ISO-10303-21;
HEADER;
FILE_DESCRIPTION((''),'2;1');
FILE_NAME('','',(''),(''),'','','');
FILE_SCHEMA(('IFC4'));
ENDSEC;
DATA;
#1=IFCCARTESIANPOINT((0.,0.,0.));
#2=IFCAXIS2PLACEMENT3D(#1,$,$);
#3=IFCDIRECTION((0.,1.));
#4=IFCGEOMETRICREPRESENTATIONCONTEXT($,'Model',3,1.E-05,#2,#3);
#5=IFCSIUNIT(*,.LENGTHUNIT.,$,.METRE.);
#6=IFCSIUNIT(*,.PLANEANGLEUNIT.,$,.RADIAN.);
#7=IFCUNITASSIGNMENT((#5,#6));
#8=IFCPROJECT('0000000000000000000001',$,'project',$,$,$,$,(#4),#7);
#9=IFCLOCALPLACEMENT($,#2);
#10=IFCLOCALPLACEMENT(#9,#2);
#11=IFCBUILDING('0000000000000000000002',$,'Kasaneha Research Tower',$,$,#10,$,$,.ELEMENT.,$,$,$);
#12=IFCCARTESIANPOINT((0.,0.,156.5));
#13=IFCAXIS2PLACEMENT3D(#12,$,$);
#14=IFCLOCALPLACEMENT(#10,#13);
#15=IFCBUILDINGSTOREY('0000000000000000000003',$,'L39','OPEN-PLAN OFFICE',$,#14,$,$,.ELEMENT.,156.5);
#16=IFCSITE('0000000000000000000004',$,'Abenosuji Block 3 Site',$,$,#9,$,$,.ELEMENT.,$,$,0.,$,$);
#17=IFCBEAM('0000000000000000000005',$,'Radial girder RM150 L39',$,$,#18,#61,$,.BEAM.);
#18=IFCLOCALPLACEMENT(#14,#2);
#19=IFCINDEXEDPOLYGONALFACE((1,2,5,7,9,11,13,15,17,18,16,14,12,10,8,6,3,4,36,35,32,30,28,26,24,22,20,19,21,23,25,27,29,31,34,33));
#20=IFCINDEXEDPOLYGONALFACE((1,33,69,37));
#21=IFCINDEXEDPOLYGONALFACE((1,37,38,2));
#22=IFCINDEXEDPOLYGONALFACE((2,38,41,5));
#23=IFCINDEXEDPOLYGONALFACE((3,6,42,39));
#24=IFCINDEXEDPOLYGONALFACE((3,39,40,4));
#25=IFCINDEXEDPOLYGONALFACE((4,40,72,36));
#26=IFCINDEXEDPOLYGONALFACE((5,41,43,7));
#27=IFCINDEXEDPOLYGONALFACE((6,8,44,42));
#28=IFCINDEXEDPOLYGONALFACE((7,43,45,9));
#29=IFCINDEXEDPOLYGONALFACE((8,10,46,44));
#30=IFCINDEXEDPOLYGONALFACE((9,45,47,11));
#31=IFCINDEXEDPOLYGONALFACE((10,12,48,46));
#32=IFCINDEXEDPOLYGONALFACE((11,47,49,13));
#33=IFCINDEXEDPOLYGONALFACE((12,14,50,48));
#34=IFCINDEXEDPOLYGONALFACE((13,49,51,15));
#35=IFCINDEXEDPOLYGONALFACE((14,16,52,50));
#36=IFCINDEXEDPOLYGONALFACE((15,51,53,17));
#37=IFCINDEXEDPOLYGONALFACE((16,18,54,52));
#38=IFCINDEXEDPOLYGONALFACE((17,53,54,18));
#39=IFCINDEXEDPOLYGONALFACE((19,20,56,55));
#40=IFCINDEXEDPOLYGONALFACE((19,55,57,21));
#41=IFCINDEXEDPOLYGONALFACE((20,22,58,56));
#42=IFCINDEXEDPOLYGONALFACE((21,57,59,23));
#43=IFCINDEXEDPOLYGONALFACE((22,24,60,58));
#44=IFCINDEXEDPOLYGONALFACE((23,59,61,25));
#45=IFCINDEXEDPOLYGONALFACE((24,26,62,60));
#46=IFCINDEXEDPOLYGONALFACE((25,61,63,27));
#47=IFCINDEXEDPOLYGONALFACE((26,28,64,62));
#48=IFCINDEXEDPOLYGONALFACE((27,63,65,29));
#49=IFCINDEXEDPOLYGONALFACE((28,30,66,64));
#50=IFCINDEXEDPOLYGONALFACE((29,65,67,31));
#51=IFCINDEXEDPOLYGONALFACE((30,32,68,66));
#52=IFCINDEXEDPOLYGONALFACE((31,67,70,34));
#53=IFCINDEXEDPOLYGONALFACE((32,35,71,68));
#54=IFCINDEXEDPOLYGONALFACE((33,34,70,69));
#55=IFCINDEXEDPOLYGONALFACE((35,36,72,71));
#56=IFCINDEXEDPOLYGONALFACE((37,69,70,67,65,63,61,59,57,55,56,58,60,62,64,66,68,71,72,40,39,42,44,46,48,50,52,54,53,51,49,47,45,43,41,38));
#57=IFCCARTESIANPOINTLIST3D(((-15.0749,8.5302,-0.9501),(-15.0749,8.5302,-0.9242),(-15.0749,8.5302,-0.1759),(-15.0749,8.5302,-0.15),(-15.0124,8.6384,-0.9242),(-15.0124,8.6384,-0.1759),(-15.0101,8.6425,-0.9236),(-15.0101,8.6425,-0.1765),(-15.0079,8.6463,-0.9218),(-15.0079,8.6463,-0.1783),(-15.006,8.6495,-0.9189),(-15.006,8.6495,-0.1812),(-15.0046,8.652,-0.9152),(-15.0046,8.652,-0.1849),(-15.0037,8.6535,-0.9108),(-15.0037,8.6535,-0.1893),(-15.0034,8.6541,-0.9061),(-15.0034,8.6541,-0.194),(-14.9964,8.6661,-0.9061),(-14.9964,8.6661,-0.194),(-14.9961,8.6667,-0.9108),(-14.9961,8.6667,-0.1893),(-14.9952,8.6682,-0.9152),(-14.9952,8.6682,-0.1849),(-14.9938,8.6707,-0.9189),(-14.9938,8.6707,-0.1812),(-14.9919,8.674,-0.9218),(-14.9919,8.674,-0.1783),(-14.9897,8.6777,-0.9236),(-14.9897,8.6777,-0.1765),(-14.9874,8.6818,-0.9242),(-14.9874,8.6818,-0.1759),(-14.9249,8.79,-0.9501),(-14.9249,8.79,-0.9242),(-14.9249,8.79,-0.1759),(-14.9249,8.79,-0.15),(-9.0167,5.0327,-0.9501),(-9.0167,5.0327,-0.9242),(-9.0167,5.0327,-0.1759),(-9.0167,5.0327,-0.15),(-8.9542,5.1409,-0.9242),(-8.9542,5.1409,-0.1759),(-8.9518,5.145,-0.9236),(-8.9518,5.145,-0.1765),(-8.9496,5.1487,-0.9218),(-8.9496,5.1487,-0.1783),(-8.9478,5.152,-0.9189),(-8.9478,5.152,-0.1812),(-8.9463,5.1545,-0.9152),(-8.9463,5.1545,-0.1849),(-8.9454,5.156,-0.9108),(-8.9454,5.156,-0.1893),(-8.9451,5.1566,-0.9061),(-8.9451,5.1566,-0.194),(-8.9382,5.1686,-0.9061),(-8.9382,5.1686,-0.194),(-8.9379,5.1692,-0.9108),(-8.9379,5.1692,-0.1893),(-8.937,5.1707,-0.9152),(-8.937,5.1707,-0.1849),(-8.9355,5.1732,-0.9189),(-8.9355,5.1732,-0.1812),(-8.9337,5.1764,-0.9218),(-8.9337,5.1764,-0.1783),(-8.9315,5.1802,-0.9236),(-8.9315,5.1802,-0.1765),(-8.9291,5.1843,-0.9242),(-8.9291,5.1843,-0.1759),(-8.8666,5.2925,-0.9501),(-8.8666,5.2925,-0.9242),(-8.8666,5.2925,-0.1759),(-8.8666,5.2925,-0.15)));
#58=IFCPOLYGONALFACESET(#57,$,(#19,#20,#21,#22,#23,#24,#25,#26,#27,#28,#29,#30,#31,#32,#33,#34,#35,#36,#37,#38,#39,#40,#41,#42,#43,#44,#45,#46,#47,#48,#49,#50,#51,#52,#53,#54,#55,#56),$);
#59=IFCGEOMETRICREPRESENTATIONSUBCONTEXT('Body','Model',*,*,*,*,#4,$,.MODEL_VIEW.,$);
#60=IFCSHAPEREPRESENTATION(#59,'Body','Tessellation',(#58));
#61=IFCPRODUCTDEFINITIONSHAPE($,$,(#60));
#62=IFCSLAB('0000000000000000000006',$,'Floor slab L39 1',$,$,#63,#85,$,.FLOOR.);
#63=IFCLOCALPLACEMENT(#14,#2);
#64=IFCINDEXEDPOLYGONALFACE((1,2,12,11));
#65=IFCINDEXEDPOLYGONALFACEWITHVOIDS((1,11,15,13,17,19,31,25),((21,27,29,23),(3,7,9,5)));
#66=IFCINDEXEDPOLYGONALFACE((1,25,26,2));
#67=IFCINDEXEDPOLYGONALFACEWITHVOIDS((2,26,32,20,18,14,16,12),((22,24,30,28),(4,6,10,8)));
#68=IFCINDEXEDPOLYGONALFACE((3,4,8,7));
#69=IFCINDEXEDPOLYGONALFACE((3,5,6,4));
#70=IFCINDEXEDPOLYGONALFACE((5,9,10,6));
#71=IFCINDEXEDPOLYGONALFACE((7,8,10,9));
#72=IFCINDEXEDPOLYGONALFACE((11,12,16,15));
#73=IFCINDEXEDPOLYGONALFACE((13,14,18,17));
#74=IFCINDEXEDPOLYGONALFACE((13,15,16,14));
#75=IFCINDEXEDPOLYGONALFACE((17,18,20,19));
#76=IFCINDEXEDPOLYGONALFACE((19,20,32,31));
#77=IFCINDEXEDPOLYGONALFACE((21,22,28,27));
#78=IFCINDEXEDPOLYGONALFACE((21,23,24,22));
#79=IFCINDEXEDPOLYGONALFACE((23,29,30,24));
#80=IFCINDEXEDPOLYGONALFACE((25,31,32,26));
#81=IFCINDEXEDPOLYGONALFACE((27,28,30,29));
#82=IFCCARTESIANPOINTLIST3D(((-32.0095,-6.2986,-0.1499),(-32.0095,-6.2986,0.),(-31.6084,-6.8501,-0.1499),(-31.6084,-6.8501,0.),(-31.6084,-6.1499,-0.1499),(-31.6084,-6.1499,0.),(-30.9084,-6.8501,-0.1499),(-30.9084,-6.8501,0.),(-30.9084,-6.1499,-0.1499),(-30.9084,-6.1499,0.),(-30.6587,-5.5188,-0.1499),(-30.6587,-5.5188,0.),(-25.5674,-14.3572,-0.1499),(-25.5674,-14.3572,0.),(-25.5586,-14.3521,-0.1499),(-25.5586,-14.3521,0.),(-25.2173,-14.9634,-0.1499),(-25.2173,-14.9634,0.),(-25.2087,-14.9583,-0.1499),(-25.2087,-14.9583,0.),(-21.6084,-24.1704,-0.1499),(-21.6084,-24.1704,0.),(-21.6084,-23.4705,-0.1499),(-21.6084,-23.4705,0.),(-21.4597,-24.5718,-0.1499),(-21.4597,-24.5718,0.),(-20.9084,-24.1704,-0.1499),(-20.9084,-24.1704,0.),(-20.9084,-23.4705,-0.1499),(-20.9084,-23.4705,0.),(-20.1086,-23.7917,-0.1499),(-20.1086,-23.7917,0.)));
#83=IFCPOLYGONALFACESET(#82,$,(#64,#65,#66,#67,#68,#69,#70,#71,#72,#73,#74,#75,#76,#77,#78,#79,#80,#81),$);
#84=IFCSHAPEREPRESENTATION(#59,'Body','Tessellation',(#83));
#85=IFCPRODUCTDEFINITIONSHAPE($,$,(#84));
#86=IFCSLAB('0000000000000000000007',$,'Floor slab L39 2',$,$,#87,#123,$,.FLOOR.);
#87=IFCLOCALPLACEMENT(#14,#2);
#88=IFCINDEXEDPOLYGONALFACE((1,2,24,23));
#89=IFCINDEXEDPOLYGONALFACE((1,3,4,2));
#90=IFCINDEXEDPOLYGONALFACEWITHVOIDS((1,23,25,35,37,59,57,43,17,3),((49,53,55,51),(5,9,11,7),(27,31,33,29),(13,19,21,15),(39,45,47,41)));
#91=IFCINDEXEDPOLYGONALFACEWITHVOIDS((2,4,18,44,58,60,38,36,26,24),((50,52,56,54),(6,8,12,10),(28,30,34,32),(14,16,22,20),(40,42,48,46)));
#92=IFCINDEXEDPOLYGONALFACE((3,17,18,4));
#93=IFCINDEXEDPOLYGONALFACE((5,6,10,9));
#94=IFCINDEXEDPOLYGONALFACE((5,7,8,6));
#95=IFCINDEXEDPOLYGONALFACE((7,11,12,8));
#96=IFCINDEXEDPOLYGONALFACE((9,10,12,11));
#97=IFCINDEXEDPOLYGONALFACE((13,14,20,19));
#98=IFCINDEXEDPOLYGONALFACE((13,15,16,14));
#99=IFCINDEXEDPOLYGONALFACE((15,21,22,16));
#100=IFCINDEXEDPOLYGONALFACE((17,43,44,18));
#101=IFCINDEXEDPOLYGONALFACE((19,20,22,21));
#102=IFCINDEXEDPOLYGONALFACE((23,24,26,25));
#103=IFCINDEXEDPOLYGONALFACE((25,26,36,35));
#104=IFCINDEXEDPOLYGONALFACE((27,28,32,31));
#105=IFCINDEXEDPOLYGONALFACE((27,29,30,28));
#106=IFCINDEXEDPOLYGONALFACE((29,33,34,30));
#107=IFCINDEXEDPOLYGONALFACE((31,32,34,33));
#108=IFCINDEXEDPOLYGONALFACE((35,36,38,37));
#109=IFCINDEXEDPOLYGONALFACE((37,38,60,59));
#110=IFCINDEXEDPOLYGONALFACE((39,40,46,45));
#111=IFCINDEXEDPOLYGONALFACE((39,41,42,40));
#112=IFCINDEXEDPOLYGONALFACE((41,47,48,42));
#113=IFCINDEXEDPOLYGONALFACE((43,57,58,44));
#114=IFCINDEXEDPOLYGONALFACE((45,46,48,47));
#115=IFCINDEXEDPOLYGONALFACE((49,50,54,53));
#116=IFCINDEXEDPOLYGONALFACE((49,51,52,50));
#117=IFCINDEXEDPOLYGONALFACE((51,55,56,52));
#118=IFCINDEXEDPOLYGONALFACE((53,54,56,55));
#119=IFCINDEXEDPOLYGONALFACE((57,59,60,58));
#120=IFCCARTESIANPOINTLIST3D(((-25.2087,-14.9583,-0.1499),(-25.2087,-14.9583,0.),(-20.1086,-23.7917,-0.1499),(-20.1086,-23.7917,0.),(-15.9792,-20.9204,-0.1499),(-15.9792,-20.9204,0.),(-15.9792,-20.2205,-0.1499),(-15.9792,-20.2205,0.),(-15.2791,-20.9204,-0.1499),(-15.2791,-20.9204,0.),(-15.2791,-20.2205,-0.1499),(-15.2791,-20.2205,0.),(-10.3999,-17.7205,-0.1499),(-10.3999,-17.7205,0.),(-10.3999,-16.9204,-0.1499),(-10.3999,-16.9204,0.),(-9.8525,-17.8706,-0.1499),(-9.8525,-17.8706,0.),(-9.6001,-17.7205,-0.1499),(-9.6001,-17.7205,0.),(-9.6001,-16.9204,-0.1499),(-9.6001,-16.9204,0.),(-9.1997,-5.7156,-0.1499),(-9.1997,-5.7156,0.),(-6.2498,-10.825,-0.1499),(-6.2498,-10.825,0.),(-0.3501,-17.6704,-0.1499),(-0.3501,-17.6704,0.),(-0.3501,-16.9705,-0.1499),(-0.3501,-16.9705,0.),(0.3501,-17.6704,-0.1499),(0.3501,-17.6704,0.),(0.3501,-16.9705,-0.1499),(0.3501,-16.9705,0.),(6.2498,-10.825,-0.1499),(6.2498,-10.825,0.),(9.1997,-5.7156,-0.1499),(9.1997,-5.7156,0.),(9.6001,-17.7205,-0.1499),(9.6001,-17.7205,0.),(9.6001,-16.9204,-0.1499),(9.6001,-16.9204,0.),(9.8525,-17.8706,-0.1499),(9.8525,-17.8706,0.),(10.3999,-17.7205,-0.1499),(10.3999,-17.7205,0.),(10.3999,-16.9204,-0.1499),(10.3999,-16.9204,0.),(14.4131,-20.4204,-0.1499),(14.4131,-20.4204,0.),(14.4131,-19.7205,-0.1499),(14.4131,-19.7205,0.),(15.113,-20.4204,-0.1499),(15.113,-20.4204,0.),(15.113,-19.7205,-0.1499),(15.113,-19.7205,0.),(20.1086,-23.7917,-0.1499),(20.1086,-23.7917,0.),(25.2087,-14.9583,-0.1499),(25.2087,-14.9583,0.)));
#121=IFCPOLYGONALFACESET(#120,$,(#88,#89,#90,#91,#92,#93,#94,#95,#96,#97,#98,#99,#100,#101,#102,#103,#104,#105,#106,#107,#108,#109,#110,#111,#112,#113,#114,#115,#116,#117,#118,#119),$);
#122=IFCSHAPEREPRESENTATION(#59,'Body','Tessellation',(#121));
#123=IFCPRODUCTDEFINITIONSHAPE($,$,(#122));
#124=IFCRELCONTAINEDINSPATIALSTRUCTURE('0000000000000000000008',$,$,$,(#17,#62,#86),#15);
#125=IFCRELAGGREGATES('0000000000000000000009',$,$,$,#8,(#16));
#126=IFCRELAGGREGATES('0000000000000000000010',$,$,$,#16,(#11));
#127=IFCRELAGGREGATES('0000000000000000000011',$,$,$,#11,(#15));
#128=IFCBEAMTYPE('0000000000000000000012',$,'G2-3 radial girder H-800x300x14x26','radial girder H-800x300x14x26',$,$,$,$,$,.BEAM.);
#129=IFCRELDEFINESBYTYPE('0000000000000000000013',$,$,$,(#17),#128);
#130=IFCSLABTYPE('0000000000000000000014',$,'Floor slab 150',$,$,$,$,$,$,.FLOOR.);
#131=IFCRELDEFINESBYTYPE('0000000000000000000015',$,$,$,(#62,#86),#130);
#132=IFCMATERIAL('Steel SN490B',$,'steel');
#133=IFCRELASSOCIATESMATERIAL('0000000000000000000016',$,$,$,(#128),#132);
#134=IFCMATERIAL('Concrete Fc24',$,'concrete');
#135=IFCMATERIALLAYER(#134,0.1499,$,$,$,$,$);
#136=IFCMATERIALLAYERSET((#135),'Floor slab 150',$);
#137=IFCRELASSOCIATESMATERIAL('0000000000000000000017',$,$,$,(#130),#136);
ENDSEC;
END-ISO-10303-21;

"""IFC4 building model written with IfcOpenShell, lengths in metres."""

from ifc_helpers import new_model, si_unit, direction, frame, origin, origin_2d, place, context, subcontext, project, spatial, polyline, i_section, outline, extrude, material, layer, layer_set, material_profile, profile_set, type_object, element, save


model = new_model("IFC4")

# Units and contexts
model_context = context("Model", 3, precision=1e-05, world=origin(), true_north=direction((0.0, 1.0)))
body_context = subcontext(model_context, "Body", "Model", "MODEL_VIEW")
ifc_project = project(units=[si_unit("LENGTHUNIT", "METRE"), si_unit("PLANEANGLEUNIT", "RADIAN")], contexts=[model_context])

# Site, building, storey
site_placement = place(None, origin())
site = spatial("IfcSite", under=ifc_project, at=site_placement, Name="Abenosuji Block 3 Site", CompositionType="ELEMENT", RefElevation=0.0)
building_placement = place(site_placement, origin())
building = spatial("IfcBuilding", under=site, at=building_placement, Name="Kasaneha Research Tower", CompositionType="ELEMENT")
storey_placement = place(building_placement, frame((0.0, 0.0, 156.5)))
storey = spatial("IfcBuildingStorey", under=building, at=storey_placement, Name="L39", Description="OPEN-PLAN OFFICE", CompositionType="ELEMENT", Elevation=156.5)

# Beam
ifc_material_1 = material(Name="Steel SN490B", Category="steel")
ifc_material_profile = material_profile(ifc_material_1, i_section(OverallWidth=0.3, OverallDepth=0.8, WebThickness=0.0139, FlangeThickness=0.0259, FilletRadius=0.0181, at=origin_2d()), Name="H-800x300x14x26")
ifc_profile_set = profile_set([ifc_material_profile], Name="Steel SN490B")
beam_type = type_object("IfcBeamType", Name="G2-3 radial girder H-800x300x14x26", Description="radial girder H-800x300x14x26", PredefinedType="BEAM", material=ifc_profile_set)
beam_placement = place(storey_placement, frame((-8.9417, 5.1626, -0.55), z_axis=(-0.86604, 0.499975, 0.0), x_axis=(-0.499975, -0.86604, 0.0)))
element("IfcBeam", 1, at=beam_placement, inside=storey, type_object=beam_type, Name="Radial girder RM150 L39", PredefinedType="BEAM", context=body_context, shape_type="SweptSolid", body=[
    extrude(i_section(OverallWidth=0.3, OverallDepth=0.8, WebThickness=0.0139, FlangeThickness=0.0259, FilletRadius=0.0181, at=origin_2d()), origin(), (0.0, 0.0, 1.0), 6.9954),
])

# Slabs
ifc_material_2 = material(Name="Concrete Fc24", Category="concrete")
ifc_layer_1 = layer(ifc_material_2, 0.1499)
ifc_layer_set_1 = layer_set([ifc_layer_1], Name="Floor slab 150")
slab_type = type_object("IfcSlabType", Name="Floor slab 150", PredefinedType="FLOOR", material=ifc_layer_set_1)
slab_1_placement = place(storey_placement, frame((0.0, 0.0, -0.1499)))
element("IfcSlab", 2, at=slab_1_placement, inside=storey, type_object=slab_type, Name="Floor slab L39 1", PredefinedType="FLOOR", context=body_context, shape_type="SweptSolid", body=[
    extrude(outline(polyline([(-32.0095, -6.2986), (-30.6587, -5.5188), (-25.5586, -14.3521), (-25.5674, -14.3572), (-25.2173, -14.9634), (-25.2087, -14.9583), (-20.1086, -23.7917), (-21.4597, -24.5718), (-32.0095, -6.2986)]), holes=[polyline([(-20.9084, -24.1704), (-20.9084, -23.4705), (-21.6084, -23.4705), (-21.6084, -24.1704), (-20.9084, -24.1704)]), polyline([(-30.9084, -6.8501), (-30.9084, -6.1499), (-31.6084, -6.1499), (-31.6084, -6.8501), (-30.9084, -6.8501)])]), origin(), (0.0, 0.0, 1.0), 0.1499),
])
slab_2_placement = place(storey_placement, frame((0.0, 0.0, -0.1499)))
element("IfcSlab", 3, at=slab_2_placement, inside=storey, type_object=slab_type, Name="Floor slab L39 2", PredefinedType="FLOOR", context=body_context, shape_type="SweptSolid", body=[
    extrude(outline(polyline([(9.8525, -17.8706), (-9.8525, -17.8706), (-20.1086, -23.7917), (-25.2087, -14.9583), (-9.1997, -5.7156), (-6.2498, -10.825), (6.2498, -10.825), (9.1997, -5.7156), (25.2087, -14.9583), (20.1086, -23.7917), (9.8525, -17.8706)]), holes=[polyline([(-15.2791, -20.9204), (-15.2791, -20.2205), (-15.9792, -20.2205), (-15.9792, -20.9204), (-15.2791, -20.9204)]), polyline([(0.3501, -17.6704), (0.3501, -16.9705), (-0.3501, -16.9705), (-0.3501, -17.6704), (0.3501, -17.6704)]), polyline([(-10.3999, -17.7205), (-9.6001, -17.7205), (-9.6001, -16.9204), (-10.3999, -16.9204), (-10.3999, -17.7205)]), polyline([(15.113, -20.4204), (15.113, -19.7205), (14.4131, -19.7205), (14.4131, -20.4204), (15.113, -20.4204)]), polyline([(9.6001, -17.7205), (10.3999, -17.7205), (10.3999, -16.9204), (9.6001, -16.9204), (9.6001, -17.7205)])]), origin(), (0.0, 0.0, 1.0), 0.1499),
])

save(model, "model.ifc")
